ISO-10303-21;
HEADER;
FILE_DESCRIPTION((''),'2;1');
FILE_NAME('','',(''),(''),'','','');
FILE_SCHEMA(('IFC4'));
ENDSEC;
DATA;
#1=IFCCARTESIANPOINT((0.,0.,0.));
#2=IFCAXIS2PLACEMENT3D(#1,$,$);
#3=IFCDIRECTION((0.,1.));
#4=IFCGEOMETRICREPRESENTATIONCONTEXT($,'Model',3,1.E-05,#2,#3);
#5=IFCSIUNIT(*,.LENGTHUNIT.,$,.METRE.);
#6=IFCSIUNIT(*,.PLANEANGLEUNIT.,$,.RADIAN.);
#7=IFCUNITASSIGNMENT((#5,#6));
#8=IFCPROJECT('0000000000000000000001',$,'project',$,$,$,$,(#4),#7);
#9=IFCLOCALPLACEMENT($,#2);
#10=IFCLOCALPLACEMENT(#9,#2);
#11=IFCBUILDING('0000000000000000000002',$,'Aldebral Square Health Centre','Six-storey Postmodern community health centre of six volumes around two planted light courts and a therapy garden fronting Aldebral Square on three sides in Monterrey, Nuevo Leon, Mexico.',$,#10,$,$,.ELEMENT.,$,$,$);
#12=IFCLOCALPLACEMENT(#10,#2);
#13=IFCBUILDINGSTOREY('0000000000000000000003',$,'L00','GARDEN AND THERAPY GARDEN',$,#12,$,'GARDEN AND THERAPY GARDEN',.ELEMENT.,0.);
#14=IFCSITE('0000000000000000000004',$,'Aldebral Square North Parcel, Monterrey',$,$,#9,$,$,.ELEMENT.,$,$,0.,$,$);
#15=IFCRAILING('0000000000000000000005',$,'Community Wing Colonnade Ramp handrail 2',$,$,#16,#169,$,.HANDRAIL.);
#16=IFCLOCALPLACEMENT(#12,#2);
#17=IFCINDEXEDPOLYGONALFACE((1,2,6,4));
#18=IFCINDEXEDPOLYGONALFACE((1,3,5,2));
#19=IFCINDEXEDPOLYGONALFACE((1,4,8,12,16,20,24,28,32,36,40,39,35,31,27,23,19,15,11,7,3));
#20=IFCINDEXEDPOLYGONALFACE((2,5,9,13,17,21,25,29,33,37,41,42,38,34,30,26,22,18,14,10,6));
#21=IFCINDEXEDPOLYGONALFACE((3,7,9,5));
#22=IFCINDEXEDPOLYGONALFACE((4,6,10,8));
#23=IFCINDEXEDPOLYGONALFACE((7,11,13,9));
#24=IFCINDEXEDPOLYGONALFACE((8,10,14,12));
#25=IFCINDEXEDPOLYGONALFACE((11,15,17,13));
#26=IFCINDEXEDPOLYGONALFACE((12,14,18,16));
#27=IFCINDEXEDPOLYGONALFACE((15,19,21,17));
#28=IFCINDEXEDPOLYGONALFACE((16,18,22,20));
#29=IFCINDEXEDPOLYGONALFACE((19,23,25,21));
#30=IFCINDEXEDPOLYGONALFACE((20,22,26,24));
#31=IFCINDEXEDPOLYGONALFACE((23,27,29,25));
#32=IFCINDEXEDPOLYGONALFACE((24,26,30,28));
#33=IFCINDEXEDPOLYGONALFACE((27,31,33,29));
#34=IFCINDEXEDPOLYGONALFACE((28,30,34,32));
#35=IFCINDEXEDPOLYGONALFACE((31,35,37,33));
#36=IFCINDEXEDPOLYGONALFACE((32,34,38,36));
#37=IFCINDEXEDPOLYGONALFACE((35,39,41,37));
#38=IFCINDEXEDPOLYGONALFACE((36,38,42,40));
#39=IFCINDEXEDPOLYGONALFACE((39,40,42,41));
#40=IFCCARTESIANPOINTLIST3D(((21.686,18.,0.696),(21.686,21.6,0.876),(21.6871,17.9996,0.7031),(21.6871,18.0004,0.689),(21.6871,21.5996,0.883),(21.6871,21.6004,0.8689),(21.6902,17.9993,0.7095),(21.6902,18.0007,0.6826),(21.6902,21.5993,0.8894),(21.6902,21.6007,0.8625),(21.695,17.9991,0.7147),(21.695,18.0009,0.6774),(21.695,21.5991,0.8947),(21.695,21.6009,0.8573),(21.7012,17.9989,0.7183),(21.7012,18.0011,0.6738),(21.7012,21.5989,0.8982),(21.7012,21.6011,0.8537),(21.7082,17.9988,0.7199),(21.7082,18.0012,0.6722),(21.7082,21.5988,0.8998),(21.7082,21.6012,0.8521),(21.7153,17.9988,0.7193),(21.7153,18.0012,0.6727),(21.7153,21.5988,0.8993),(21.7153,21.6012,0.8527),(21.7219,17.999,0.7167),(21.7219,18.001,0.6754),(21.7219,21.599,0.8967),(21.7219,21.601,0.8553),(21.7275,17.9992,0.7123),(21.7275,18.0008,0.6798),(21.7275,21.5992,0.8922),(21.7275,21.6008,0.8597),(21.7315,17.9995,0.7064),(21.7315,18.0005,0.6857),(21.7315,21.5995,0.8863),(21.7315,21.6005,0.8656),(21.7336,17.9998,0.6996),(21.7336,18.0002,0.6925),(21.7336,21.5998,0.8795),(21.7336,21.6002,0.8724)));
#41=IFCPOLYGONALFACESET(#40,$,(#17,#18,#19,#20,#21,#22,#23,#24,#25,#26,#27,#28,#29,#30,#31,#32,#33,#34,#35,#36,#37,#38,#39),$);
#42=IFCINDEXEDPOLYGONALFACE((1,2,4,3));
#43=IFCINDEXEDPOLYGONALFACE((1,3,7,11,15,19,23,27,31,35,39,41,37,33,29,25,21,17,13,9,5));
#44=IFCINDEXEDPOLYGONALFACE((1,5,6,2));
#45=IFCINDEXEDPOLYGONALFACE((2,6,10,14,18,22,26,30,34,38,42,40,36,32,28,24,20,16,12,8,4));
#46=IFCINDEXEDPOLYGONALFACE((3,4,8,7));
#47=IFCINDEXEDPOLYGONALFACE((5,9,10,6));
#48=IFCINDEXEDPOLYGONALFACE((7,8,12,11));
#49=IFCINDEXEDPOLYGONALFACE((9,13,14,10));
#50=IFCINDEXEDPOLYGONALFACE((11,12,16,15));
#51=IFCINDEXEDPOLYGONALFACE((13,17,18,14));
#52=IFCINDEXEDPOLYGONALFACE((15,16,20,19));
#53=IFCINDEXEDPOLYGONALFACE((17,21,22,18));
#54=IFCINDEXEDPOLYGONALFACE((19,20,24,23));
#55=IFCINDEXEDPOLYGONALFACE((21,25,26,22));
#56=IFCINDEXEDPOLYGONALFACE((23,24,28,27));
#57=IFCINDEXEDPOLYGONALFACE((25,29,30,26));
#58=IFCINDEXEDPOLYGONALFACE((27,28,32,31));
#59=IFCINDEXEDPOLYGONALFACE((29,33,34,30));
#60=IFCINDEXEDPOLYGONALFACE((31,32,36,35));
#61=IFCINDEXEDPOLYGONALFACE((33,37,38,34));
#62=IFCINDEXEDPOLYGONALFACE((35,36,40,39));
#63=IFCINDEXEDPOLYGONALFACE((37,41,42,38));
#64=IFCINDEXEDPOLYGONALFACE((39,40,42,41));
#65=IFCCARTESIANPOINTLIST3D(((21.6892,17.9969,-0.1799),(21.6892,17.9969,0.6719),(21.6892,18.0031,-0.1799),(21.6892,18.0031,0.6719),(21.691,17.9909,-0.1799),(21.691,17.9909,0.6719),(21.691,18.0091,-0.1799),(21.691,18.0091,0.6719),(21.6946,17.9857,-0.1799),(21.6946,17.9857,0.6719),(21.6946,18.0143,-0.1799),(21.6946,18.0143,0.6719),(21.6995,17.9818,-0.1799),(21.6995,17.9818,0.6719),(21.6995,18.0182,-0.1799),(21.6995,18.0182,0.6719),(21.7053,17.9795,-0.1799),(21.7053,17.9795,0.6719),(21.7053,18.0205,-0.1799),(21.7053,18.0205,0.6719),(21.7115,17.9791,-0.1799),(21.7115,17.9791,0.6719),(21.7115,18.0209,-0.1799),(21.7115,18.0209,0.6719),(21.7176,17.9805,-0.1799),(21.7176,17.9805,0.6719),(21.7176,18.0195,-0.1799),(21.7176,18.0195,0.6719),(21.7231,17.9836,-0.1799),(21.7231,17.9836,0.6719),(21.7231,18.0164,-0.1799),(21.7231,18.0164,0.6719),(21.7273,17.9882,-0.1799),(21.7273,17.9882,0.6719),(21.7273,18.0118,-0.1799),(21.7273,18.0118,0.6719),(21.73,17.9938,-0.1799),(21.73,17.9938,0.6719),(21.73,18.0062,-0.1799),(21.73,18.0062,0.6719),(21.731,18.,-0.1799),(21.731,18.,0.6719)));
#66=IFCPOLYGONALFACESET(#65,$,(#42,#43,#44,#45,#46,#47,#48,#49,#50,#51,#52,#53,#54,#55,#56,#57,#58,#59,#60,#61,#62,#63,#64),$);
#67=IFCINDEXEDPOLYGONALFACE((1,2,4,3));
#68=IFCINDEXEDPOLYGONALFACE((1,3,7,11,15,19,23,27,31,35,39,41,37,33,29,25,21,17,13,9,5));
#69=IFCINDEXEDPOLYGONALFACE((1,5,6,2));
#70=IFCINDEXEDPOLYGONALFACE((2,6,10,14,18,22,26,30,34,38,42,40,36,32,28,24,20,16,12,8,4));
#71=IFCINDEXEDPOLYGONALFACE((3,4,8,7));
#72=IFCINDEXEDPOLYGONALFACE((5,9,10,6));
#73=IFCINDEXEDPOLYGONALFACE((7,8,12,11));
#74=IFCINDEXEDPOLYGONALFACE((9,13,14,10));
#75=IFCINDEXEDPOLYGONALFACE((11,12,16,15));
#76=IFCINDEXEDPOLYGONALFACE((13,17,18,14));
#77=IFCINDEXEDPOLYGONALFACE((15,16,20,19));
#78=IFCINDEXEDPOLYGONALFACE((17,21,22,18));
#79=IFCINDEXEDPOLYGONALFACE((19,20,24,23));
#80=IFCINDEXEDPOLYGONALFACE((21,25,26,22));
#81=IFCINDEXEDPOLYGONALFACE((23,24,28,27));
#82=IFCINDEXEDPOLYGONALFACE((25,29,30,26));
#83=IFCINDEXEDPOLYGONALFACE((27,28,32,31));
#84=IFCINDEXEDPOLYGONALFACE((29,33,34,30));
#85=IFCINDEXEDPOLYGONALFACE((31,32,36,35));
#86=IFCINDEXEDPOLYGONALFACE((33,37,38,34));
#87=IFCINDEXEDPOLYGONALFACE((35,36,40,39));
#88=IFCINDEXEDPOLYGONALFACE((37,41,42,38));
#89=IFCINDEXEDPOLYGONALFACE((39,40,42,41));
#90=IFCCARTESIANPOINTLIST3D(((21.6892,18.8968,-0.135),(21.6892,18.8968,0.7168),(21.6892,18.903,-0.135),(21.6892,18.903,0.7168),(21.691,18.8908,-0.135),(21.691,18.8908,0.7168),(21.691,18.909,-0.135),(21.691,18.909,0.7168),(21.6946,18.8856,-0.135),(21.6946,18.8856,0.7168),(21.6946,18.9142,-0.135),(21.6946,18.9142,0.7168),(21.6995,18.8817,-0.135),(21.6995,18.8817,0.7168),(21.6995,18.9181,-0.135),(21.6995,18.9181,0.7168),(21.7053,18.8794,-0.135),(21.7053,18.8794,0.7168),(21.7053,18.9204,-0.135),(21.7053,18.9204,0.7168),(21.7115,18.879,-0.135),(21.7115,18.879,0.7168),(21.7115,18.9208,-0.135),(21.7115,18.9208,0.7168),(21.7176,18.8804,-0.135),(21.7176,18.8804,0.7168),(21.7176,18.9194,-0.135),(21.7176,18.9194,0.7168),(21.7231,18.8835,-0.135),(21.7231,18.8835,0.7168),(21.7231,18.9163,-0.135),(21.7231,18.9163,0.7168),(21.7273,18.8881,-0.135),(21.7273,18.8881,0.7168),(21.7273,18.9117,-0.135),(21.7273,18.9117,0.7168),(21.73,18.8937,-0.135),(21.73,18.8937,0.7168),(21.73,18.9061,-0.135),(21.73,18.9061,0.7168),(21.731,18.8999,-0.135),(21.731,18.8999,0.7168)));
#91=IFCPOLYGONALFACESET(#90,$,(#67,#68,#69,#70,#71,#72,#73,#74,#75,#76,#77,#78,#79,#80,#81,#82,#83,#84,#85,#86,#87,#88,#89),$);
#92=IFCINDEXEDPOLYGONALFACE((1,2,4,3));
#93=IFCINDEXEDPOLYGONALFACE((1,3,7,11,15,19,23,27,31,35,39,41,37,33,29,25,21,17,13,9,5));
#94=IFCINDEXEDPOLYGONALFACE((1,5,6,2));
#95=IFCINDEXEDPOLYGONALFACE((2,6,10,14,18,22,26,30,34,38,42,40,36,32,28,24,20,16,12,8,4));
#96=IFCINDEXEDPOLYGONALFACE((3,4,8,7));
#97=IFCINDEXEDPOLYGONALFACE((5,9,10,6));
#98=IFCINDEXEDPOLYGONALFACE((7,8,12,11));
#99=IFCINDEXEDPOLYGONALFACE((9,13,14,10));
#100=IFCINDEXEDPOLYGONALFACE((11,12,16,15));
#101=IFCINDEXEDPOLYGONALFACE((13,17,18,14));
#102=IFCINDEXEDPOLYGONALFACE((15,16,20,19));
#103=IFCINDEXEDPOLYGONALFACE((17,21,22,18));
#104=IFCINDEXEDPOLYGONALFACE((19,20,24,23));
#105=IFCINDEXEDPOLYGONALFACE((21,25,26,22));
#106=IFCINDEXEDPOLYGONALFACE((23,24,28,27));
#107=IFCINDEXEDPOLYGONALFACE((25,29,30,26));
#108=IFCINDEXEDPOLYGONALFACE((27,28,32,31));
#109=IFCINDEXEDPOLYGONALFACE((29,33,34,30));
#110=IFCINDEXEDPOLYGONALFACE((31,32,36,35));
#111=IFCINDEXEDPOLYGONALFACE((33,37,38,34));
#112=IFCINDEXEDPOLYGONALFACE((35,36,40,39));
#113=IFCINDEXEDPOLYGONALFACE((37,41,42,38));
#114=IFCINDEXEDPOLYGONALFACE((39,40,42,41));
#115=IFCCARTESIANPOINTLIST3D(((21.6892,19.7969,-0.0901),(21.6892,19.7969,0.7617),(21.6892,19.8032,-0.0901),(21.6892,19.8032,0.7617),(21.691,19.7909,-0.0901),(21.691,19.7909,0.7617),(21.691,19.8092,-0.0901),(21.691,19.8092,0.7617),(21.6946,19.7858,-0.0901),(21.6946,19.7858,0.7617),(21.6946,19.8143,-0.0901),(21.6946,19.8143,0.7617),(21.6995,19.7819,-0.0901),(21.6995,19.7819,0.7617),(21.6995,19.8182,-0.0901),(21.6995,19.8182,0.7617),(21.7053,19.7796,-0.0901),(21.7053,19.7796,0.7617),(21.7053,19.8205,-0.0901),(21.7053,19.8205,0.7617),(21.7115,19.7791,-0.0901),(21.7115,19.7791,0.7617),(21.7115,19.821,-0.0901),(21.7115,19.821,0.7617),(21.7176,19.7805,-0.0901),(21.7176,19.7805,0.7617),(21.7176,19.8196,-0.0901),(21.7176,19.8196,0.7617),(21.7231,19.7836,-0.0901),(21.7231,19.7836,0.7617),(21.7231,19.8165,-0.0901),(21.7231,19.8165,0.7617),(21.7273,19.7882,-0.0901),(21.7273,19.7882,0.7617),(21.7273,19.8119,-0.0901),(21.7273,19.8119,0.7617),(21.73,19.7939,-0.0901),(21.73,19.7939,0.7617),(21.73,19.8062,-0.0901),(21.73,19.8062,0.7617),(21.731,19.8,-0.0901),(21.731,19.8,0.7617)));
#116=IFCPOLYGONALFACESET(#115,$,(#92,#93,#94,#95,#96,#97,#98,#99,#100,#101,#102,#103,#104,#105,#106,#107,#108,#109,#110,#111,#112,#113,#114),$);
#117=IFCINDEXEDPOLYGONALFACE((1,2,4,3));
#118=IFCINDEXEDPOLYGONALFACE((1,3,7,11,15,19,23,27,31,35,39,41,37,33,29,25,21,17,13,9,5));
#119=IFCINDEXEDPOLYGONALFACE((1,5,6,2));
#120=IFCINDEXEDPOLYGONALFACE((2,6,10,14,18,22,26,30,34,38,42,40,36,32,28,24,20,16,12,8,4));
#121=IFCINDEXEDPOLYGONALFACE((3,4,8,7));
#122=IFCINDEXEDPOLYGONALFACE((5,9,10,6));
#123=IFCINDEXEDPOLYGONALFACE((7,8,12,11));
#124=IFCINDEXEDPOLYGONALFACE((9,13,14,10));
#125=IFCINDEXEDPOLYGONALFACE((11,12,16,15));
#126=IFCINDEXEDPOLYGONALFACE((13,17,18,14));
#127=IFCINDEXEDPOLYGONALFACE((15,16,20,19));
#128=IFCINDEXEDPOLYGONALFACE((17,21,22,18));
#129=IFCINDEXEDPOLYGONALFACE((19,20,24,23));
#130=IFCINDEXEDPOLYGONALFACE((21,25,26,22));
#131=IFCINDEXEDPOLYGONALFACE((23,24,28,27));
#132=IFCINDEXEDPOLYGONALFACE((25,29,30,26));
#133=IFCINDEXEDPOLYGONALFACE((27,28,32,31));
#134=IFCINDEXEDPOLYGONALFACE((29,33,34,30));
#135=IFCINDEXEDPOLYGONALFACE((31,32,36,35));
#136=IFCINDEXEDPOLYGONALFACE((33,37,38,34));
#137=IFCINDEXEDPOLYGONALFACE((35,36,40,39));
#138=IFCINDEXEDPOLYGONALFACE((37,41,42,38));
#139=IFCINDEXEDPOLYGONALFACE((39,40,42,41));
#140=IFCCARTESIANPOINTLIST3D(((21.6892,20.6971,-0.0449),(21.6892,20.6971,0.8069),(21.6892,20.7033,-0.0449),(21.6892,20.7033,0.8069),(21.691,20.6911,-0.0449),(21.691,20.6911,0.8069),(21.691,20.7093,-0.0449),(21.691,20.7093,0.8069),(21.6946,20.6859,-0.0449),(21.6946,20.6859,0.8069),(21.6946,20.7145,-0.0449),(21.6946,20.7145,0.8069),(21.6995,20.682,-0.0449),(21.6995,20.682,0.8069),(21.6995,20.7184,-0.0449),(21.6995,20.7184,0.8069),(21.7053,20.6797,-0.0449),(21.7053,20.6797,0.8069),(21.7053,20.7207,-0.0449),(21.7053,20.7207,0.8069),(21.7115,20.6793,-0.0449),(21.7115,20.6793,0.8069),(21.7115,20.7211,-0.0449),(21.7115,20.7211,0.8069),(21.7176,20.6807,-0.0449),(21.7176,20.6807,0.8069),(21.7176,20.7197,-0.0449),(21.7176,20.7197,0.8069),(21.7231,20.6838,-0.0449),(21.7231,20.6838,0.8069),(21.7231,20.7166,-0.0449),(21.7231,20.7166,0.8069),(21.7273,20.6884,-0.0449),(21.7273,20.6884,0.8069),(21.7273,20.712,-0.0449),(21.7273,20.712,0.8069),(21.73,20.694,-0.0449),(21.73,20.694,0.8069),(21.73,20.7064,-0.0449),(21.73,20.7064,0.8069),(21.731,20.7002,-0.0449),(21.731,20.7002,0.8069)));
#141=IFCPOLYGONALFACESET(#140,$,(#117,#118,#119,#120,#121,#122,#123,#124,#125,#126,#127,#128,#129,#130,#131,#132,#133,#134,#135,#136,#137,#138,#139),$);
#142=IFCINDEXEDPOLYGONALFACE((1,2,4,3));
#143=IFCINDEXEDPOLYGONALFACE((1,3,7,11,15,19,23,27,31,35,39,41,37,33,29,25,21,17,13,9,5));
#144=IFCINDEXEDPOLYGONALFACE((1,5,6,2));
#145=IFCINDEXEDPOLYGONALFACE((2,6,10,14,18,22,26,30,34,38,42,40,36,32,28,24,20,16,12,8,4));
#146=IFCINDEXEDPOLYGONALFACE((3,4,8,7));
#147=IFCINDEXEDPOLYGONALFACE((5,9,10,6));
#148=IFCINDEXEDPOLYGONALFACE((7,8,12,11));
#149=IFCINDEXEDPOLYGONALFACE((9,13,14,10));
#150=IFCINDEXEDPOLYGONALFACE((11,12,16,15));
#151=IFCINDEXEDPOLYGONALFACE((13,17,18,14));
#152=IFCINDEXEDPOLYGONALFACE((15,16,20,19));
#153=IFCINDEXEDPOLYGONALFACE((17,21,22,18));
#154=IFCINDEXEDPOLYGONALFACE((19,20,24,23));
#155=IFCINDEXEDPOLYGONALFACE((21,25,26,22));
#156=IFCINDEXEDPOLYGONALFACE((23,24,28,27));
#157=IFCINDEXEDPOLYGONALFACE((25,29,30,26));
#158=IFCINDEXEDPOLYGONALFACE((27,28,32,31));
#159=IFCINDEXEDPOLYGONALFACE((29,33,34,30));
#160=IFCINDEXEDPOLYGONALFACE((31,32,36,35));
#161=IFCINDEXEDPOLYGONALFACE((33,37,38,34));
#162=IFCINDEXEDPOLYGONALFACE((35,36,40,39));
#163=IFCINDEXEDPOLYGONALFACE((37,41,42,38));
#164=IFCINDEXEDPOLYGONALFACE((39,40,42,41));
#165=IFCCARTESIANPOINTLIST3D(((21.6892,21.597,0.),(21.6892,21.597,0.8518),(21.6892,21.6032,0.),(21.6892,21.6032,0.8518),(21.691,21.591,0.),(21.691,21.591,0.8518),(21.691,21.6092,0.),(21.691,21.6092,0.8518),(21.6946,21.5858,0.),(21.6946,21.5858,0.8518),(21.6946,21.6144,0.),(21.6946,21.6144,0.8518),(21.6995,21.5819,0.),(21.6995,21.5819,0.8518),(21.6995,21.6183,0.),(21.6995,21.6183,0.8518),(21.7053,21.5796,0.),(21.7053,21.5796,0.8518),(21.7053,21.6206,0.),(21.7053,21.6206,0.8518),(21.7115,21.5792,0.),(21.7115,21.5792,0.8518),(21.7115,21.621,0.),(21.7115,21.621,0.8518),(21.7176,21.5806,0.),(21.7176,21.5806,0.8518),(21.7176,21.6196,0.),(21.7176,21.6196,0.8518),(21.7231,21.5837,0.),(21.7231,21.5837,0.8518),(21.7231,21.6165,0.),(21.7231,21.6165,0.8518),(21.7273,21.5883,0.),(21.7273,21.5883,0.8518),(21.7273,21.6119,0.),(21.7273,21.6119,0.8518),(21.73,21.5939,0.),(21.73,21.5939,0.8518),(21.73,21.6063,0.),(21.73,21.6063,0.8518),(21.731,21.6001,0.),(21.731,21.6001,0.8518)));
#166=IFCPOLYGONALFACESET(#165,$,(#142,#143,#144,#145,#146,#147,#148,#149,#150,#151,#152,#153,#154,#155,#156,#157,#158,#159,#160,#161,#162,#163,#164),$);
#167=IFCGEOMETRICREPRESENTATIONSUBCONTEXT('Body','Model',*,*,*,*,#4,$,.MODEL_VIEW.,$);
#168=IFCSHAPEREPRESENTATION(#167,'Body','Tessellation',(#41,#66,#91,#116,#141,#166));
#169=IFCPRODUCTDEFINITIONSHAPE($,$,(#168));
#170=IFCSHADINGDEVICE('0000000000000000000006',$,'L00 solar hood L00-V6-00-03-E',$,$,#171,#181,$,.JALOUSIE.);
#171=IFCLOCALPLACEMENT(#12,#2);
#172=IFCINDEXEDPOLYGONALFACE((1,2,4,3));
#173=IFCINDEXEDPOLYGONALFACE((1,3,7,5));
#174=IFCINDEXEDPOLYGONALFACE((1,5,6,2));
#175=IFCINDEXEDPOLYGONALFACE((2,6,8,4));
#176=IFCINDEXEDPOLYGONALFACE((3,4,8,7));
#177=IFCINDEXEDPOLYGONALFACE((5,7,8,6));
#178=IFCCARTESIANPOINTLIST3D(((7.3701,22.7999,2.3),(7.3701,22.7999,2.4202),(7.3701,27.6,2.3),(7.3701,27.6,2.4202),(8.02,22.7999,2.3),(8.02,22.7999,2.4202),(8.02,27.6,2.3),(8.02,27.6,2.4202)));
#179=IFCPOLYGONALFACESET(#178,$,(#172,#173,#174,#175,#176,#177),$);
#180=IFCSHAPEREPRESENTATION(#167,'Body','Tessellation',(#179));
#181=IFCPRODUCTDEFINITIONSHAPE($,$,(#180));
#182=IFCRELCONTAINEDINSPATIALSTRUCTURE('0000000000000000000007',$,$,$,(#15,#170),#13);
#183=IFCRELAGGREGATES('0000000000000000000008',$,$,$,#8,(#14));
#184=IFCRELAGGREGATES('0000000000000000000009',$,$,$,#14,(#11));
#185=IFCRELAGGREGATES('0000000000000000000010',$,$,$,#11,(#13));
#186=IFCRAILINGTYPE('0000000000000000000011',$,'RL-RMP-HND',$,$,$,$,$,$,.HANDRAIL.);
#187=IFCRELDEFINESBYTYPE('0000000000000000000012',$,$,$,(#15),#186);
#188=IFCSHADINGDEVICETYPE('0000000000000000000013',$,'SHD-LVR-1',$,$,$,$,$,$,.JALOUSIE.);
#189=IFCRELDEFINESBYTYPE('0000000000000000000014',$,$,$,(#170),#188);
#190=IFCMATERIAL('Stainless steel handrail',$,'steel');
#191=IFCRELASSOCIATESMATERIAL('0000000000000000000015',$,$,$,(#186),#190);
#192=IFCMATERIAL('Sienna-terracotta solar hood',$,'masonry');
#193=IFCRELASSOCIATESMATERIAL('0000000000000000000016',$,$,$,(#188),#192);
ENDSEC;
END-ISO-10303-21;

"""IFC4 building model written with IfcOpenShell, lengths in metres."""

from ifc_helpers import new_model, si_unit, direction, frame, origin, origin_2d, place, context, subcontext, project, spatial, rectangle, circle, extrude, material, type_object, element, save


model = new_model("IFC4")

# Units and contexts
model_context = context("Model", 3, precision=1e-05, world=origin(), true_north=direction((0.0, 1.0)))
body_context = subcontext(model_context, "Body", "Model", "MODEL_VIEW")
ifc_project = project(units=[si_unit("LENGTHUNIT", "METRE"), si_unit("PLANEANGLEUNIT", "RADIAN")], contexts=[model_context])

# Site, building, storey
site_placement = place(None, origin())
site = spatial("IfcSite", under=ifc_project, at=site_placement, Name="Aldebral Square North Parcel, Monterrey", CompositionType="ELEMENT", RefElevation=0.0)
building_placement = place(site_placement, origin())
building = spatial("IfcBuilding", under=site, at=building_placement, Name="Aldebral Square Health Centre", Description="Six-storey Postmodern community health centre of six volumes around two planted light courts and a therapy garden fronting Aldebral Square on three sides in Monterrey, Nuevo Leon, Mexico.", CompositionType="ELEMENT")
storey_placement = place(building_placement, origin())
storey = spatial("IfcBuildingStorey", under=building, at=storey_placement, Name="L00", Description="GARDEN AND THERAPY GARDEN", LongName="GARDEN AND THERAPY GARDEN", CompositionType="ELEMENT", Elevation=0.0)

# Railing
ifc_material_1 = material(Name="Stainless steel handrail", Category="steel")
railing_type = type_object("IfcRailingType", Name="RL-RMP-HND", PredefinedType="HANDRAIL", material=ifc_material_1)
for number, where, name in (
    (1, (21.71, 18.0, -0.1799), "Community Wing Colonnade Ramp handrail 2"),
):
    element("IfcRailing", number, at=place(storey_placement, frame(where)), inside=storey, type_object=railing_type, Name=name, PredefinedType="HANDRAIL", context=body_context, shape_type="SweptSolid", body=[
        extrude(circle(Radius=0.0239, at=origin_2d()), frame((0.0, 0.0, 0.876), z_axis=(0.0, 0.998753, 0.049917), x_axis=(-1.0, 0.0, 0.0)), (0.0, 0.0, 1.0), 3.6045),
        extrude(circle(Radius=0.021, at=origin_2d()), origin(), (0.0, 0.0, 1.0), 0.8518),
        extrude(circle(Radius=0.021, at=origin_2d()), frame((0.0, 0.8999, 0.0449)), (0.0, 0.0, 1.0), 0.8518),
        extrude(circle(Radius=0.021, at=origin_2d()), frame((0.0, 1.8, 0.0898)), (0.0, 0.0, 1.0), 0.8518),
        extrude(circle(Radius=0.021, at=origin_2d()), frame((0.0, 2.7002, 0.135)), (0.0, 0.0, 1.0), 0.8518),
        extrude(circle(Radius=0.021, at=origin_2d()), frame((0.0, 3.6001, 0.1799)), (0.0, 0.0, 1.0), 0.8518),
    ])

# Shading device
ifc_material_2 = material(Name="Sienna-terracotta solar hood", Category="masonry")
shading_device_type = type_object("IfcShadingDeviceType", Name="SHD-LVR-1", PredefinedType="JALOUSIE", material=ifc_material_2)
shading_device_placement = place(storey_placement, frame((7.6951, 25.2, 2.3), z_axis=(0.0, 0.0, 1.0), x_axis=(0.0, 1.0, 0.0)))
element("IfcShadingDevice", 2, at=shading_device_placement, inside=storey, type_object=shading_device_type, Name="L00 solar hood L00-V6-00-03-E", PredefinedType="JALOUSIE", context=body_context, shape_type="SweptSolid", body=[
    extrude(rectangle(XDim=4.8, YDim=0.6499, at=origin_2d()), origin(), (0.0, 0.0, 1.0), 0.1201),
])

save(model, "model.ifc")
